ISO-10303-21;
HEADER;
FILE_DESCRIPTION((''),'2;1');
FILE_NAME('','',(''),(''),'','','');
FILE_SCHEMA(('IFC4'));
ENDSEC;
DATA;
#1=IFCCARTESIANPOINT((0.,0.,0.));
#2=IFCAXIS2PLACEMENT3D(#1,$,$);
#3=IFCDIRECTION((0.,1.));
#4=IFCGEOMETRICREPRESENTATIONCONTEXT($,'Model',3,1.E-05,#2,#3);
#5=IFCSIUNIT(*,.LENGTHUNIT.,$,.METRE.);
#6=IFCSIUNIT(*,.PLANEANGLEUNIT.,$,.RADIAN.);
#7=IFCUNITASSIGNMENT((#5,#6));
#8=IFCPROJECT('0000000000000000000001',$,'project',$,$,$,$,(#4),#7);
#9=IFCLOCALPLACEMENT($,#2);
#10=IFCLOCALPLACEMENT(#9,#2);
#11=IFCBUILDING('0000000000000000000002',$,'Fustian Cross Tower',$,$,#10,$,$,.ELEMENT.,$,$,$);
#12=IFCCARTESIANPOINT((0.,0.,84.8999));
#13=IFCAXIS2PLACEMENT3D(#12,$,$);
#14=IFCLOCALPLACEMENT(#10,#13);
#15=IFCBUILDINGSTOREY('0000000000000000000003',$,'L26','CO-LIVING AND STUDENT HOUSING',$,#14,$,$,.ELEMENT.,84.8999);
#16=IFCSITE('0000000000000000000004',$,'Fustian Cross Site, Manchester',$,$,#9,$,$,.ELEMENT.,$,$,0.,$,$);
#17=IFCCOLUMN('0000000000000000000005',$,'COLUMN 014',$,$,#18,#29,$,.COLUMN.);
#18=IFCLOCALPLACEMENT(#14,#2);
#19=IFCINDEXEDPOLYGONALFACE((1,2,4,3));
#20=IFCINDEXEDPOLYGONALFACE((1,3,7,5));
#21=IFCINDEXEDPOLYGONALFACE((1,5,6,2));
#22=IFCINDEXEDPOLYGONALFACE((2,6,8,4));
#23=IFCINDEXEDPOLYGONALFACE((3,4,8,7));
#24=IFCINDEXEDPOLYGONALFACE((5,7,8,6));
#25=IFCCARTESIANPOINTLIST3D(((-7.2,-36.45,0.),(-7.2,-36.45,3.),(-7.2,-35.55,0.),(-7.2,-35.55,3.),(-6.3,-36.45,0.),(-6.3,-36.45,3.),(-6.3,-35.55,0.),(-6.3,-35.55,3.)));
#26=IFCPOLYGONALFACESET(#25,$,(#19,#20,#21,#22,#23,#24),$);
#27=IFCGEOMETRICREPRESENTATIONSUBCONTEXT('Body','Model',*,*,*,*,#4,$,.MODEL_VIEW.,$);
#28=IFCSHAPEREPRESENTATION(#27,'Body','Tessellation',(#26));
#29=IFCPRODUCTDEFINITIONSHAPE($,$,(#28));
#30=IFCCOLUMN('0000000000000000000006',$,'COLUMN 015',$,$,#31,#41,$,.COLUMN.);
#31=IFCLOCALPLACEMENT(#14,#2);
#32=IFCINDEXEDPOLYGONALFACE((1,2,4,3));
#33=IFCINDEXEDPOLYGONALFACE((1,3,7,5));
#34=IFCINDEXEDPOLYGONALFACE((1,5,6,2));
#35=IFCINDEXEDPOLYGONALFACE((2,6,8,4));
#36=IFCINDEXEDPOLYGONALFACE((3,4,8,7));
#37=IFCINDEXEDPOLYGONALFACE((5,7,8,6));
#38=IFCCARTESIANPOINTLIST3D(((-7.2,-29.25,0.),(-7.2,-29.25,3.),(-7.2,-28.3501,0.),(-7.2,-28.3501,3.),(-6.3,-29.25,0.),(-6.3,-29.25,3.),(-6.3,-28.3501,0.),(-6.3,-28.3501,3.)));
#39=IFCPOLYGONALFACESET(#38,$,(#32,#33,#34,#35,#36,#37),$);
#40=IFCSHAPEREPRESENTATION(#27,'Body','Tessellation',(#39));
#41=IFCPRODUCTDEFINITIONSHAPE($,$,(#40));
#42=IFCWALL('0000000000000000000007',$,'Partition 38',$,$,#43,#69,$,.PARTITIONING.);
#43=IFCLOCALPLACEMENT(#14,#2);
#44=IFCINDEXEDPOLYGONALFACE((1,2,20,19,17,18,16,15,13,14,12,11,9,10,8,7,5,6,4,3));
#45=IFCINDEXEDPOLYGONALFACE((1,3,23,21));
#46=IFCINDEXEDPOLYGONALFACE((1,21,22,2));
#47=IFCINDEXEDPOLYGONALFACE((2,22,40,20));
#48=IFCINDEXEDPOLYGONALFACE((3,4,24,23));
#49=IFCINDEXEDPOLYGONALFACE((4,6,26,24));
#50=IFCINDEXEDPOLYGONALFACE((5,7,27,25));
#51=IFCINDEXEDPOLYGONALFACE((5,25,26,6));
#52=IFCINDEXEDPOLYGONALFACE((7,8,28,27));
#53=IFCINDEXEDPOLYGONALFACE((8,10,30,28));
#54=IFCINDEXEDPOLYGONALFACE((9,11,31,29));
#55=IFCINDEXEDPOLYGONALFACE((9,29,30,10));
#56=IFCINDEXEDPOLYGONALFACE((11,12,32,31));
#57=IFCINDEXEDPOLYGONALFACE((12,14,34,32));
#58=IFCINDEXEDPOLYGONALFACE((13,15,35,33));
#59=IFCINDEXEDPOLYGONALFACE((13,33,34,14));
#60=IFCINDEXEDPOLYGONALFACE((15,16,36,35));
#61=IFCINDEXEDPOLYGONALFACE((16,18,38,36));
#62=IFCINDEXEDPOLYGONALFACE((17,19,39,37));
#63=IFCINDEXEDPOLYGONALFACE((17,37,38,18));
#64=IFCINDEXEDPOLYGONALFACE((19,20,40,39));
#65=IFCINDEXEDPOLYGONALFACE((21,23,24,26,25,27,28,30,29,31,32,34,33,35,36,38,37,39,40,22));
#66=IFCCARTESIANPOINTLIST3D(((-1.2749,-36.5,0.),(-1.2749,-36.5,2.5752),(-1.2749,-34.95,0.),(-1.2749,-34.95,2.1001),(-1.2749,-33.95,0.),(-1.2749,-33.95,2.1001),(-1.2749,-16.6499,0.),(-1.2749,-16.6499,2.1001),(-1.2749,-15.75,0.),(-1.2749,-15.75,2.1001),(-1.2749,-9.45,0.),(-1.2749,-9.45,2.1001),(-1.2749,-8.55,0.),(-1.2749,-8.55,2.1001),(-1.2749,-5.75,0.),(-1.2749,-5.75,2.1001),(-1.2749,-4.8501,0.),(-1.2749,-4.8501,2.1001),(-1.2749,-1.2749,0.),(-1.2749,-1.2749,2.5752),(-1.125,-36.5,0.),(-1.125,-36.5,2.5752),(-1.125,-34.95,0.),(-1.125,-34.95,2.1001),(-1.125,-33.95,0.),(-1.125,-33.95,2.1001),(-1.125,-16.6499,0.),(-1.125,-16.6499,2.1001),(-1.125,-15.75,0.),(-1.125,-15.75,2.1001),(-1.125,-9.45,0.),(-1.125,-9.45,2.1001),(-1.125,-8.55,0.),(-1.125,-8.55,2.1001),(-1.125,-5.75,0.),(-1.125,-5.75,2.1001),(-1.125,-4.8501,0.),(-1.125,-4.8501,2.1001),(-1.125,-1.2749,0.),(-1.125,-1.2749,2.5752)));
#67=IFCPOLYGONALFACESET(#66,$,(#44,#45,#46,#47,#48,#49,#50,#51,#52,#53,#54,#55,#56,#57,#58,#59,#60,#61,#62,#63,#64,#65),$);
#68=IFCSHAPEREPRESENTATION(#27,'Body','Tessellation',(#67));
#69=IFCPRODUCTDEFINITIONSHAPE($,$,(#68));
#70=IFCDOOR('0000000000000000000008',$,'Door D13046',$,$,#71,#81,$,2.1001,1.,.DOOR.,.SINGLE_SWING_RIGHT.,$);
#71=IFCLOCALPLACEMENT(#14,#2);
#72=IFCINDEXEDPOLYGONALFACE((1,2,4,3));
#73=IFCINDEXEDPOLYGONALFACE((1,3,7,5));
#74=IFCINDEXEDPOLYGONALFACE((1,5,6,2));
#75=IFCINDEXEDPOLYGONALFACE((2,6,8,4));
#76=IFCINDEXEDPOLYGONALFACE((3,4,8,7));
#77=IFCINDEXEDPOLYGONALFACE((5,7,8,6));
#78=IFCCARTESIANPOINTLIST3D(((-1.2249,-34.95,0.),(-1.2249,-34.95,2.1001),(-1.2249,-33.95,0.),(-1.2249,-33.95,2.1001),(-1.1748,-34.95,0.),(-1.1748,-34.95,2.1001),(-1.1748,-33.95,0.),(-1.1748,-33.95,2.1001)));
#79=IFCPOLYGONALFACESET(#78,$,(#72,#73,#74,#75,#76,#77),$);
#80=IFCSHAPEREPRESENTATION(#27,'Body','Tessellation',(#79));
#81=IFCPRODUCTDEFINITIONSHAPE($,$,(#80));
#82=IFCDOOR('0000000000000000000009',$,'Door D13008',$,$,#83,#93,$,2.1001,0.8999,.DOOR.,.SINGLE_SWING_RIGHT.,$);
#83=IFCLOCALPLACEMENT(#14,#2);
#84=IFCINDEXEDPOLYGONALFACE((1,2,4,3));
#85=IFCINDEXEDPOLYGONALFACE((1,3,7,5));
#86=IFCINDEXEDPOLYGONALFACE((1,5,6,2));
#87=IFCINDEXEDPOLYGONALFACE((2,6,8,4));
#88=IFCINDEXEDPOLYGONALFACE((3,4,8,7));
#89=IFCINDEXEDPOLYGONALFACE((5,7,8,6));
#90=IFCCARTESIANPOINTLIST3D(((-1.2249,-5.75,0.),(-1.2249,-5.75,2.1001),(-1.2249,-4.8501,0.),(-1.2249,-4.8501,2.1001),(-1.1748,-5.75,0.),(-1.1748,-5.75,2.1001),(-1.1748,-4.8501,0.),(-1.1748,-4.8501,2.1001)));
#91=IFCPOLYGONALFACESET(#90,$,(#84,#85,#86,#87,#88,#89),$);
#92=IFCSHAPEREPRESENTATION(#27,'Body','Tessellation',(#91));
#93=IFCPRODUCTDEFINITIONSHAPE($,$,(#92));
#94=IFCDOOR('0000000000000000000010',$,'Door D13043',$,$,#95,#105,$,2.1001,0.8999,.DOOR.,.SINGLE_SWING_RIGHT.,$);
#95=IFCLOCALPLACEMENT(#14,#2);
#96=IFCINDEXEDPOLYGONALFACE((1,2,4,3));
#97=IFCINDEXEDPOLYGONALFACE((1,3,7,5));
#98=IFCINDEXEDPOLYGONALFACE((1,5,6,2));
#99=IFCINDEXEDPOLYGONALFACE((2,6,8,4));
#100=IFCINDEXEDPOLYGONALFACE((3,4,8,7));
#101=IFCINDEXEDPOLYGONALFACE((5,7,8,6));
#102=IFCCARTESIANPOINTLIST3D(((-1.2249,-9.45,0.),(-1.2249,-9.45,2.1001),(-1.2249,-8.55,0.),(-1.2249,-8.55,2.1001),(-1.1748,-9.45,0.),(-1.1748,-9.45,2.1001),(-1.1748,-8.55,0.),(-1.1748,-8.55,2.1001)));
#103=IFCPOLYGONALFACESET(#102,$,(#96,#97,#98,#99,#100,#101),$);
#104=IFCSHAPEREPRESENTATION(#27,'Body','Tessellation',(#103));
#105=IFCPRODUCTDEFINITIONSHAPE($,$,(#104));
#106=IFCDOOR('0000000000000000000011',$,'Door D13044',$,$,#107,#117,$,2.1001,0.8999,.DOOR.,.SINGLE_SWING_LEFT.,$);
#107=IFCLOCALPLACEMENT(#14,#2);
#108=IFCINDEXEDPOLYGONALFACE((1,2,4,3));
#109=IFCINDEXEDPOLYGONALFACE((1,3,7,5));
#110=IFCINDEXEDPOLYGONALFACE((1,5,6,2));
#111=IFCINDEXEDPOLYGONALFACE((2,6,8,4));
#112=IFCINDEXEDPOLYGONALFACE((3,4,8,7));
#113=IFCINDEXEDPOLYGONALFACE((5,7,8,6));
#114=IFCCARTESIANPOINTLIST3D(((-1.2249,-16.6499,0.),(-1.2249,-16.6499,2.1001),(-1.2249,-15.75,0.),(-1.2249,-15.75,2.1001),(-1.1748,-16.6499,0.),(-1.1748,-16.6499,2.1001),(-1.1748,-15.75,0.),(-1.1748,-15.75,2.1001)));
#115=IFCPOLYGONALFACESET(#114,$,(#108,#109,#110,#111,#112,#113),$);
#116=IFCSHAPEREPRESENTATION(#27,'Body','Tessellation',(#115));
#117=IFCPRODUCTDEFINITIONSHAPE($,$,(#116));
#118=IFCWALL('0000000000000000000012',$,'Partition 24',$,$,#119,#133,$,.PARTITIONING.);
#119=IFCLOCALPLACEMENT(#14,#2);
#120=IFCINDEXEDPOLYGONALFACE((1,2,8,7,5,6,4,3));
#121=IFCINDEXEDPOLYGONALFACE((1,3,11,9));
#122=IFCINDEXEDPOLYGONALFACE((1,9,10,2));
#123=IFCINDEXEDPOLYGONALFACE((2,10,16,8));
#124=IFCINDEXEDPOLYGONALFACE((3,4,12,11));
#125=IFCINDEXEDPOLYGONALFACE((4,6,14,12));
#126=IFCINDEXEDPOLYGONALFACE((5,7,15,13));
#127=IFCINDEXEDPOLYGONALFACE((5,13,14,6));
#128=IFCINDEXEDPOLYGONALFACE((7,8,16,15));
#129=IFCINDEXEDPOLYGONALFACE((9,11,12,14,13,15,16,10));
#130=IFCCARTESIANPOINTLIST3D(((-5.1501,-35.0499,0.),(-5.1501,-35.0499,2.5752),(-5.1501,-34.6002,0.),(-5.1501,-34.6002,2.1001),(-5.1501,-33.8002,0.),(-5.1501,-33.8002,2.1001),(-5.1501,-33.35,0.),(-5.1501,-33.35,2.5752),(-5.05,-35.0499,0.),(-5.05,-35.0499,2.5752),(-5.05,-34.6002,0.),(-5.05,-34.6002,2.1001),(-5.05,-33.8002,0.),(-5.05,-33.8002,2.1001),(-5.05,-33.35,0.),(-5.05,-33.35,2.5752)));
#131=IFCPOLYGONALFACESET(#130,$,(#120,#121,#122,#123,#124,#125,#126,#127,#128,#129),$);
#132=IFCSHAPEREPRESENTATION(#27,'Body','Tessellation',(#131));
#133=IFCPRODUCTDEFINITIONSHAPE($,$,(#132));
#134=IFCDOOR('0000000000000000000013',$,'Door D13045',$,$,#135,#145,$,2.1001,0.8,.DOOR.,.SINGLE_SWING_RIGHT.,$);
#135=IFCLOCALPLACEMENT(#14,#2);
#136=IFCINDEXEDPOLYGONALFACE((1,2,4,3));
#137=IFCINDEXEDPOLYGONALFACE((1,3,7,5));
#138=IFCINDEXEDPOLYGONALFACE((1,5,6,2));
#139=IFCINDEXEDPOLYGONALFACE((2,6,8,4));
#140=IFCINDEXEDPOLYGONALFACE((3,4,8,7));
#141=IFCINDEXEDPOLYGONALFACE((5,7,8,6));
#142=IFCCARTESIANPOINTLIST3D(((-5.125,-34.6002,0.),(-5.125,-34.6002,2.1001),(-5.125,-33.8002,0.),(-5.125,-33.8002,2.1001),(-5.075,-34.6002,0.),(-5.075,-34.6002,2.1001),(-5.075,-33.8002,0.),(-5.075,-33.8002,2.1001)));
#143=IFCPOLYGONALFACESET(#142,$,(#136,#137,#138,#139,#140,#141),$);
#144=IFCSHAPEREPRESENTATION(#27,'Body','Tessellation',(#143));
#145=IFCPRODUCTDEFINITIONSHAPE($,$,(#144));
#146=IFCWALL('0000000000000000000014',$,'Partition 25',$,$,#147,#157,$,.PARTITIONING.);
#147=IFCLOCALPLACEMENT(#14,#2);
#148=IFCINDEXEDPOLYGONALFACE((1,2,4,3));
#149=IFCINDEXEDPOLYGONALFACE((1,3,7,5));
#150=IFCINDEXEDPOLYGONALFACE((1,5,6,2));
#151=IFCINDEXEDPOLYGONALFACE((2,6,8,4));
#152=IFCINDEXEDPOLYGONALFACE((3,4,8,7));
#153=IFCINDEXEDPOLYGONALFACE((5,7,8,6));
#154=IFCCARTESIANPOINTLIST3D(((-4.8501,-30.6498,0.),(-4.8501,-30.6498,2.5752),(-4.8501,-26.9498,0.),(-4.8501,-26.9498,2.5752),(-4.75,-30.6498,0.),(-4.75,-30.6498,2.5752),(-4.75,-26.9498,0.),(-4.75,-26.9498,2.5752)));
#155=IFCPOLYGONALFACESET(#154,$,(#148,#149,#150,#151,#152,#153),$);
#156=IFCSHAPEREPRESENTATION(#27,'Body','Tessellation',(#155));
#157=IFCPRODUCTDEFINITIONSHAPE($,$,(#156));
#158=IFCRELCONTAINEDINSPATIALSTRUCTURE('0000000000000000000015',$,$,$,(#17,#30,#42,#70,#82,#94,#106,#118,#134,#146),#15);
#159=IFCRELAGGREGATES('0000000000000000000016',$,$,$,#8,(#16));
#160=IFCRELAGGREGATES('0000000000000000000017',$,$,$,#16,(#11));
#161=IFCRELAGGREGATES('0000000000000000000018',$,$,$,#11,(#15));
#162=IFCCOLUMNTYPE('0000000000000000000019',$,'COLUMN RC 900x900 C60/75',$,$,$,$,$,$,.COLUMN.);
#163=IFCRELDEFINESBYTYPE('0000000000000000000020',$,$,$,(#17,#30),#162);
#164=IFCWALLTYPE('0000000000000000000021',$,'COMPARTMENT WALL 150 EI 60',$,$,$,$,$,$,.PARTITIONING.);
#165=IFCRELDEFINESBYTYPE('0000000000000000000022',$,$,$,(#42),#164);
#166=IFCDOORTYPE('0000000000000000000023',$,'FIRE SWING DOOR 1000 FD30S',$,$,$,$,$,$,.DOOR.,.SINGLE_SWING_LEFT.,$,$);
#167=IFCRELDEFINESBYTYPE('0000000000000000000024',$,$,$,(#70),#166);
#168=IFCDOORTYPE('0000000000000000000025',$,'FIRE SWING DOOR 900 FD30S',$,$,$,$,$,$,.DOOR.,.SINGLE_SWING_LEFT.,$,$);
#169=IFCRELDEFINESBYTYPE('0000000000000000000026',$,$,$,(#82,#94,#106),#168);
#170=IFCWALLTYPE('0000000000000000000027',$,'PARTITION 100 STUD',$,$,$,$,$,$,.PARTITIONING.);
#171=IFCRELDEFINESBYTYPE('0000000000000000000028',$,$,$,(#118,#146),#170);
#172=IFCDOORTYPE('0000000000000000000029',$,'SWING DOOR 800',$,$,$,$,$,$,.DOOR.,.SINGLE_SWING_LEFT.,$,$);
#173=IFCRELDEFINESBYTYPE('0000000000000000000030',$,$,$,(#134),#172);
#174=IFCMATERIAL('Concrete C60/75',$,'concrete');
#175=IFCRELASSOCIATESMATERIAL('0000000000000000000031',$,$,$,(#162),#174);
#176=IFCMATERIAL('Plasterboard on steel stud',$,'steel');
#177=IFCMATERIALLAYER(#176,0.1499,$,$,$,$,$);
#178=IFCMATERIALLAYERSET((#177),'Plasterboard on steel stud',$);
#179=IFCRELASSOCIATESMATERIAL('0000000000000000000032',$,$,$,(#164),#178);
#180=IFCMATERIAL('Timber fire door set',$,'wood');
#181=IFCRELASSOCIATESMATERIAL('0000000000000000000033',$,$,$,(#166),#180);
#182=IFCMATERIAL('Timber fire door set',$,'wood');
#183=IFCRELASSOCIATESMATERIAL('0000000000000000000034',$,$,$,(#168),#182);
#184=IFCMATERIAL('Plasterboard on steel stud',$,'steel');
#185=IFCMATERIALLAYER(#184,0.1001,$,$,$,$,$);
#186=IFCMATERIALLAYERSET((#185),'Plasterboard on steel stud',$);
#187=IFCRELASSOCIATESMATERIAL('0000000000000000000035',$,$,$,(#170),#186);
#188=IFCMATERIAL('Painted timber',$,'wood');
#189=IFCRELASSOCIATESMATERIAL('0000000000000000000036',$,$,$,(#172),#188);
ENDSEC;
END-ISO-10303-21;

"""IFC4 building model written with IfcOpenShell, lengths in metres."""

from ifc_helpers import new_model, si_unit, direction, frame, frame_2d, origin, origin_2d, place, context, subcontext, project, spatial, rectangle, extrude, material, layer, layer_set, material_profile, profile_set, type_object, element, fill, save


model = new_model("IFC4")

# Units and contexts
model_context = context("Model", 3, precision=1e-05, world=origin(), true_north=direction((0.0, 1.0)))
body_context = subcontext(model_context, "Body", "Model", "MODEL_VIEW")
ifc_project = project(units=[si_unit("LENGTHUNIT", "METRE"), si_unit("PLANEANGLEUNIT", "RADIAN")], contexts=[model_context])

# Site, building, storey
site_placement = place(None, origin())
site = spatial("IfcSite", under=ifc_project, at=site_placement, Name="Fustian Cross Site, Manchester", CompositionType="ELEMENT", RefElevation=0.0)
building_placement = place(site_placement, origin())
building = spatial("IfcBuilding", under=site, at=building_placement, Name="Fustian Cross Tower", CompositionType="ELEMENT")
storey_placement = place(building_placement, frame((0.0, 0.0, 84.8999)))
storey = spatial("IfcBuildingStorey", under=building, at=storey_placement, Name="L26", Description="CO-LIVING AND STUDENT HOUSING", CompositionType="ELEMENT", Elevation=84.8999)

# Columns
ifc_material_1 = material(Name="Concrete C60/75", Category="concrete")
ifc_material_profile = material_profile(ifc_material_1, rectangle(XDim=0.8999, YDim=0.8999, at=origin_2d()), Name="RC 900x900")
ifc_profile_set = profile_set([ifc_material_profile], Name="Concrete C60/75")
column_type = type_object("IfcColumnType", Name="COLUMN RC 900x900 C60/75", PredefinedType="COLUMN", material=ifc_profile_set)
for number, where, z_axis, x_axis, name in (
    (1, (-6.75, -36.0, 0.0), (0.0, 0.0, 1.0), (1.0, 0.0, 0.0), "COLUMN 014"),
    (2, (-6.75, -28.8, 0.0), (0.0, 0.0, 1.0), (1.0, 0.0, 0.0), "COLUMN 015"),
):
    element("IfcColumn", number, at=place(storey_placement, frame(where, z_axis=z_axis, x_axis=x_axis)), inside=storey, type_object=column_type, Name=name, PredefinedType="COLUMN", context=body_context, shape_type="SweptSolid", body=[
        extrude(rectangle(XDim=0.8999, YDim=0.8999, at=origin_2d()), origin(), (0.0, 0.0, 1.0), 3.0),
    ])

# Wall, openings, doors
ifc_material_2 = material(Name="Plasterboard on steel stud", Category="steel")
ifc_layer_1 = layer(ifc_material_2, 0.1499)
ifc_layer_set_1 = layer_set([ifc_layer_1], Name="Plasterboard on steel stud")
wall_type_1 = type_object("IfcWallType", Name="COMPARTMENT WALL 150 EI 60", PredefinedType="PARTITIONING", material=ifc_layer_set_1)
wall_1_placement = place(storey_placement, frame((-1.2, -36.5, 0.0), z_axis=(0.0, 0.0, 1.0), x_axis=(0.0, 1.0, 0.0)))
wall_1 = element("IfcWall", 3, at=wall_1_placement, inside=storey, type_object=wall_type_1, Name="Partition 38", PredefinedType="PARTITIONING", context=body_context, shape_type="SweptSolid", body=[
    extrude(rectangle(XDim=35.2251, YDim=0.1499, at=frame_2d((17.6125, 0.0))), origin(), (0.0, 0.0, 1.0), 2.5752),
])
opening_1_placement = place(wall_1_placement, frame((30.75, 0.0, 0.0)))
opening_1 = element("IfcOpeningElement", 4, at=opening_1_placement, cuts=wall_1, PredefinedType="OPENING", context=body_context, shape_type="SweptSolid", body=[
    extrude(rectangle(XDim=0.8999, YDim=2.1001, at=frame_2d((0.45, 1.05))), frame((0.0, 0.085, 0.0), z_axis=(0.0, -1.0, 0.0), x_axis=(1.0, 0.0, 0.0)), (0.0, 0.0, 1.0), 0.1699),
])
opening_2_placement = place(wall_1_placement, frame((27.05, 0.0, 0.0)))
opening_2 = element("IfcOpeningElement", 5, at=opening_2_placement, cuts=wall_1, PredefinedType="OPENING", context=body_context, shape_type="SweptSolid", body=[
    extrude(rectangle(XDim=0.8999, YDim=2.1001, at=frame_2d((0.45, 1.05))), frame((0.0, 0.085, 0.0), z_axis=(0.0, -1.0, 0.0), x_axis=(1.0, 0.0, 0.0)), (0.0, 0.0, 1.0), 0.1699),
])
opening_3_placement = place(wall_1_placement, frame((19.8501, 0.0, 0.0)))
opening_3 = element("IfcOpeningElement", 6, at=opening_3_placement, cuts=wall_1, PredefinedType="OPENING", context=body_context, shape_type="SweptSolid", body=[
    extrude(rectangle(XDim=0.8999, YDim=2.1001, at=frame_2d((0.45, 1.05))), frame((0.0, 0.085, 0.0), z_axis=(0.0, -1.0, 0.0), x_axis=(1.0, 0.0, 0.0)), (0.0, 0.0, 1.0), 0.1699),
])
opening_4_placement = place(wall_1_placement, frame((1.55, 0.0, 0.0)))
opening_4 = element("IfcOpeningElement", 7, at=opening_4_placement, cuts=wall_1, PredefinedType="OPENING", context=body_context, shape_type="SweptSolid", body=[
    extrude(rectangle(XDim=1.0, YDim=2.1001, at=frame_2d((0.5, 1.05))), frame((0.0, 0.085, 0.0), z_axis=(0.0, -1.0, 0.0), x_axis=(1.0, 0.0, 0.0)), (0.0, 0.0, 1.0), 0.1699),
])
ifc_material_3 = material(Name="Timber fire door set", Category="wood")
door_type_1 = type_object("IfcDoorType", Name="FIRE SWING DOOR 1000 FD30S", OperationType="SINGLE_SWING_LEFT", PredefinedType="DOOR", material=ifc_material_3)
door_1_placement = place(opening_4_placement, origin())
door_1 = element("IfcDoor", 8, at=door_1_placement, inside=storey, type_object=door_type_1, Name="Door D13046", OperationType="SINGLE_SWING_RIGHT", OverallHeight=2.1001, OverallWidth=1.0, PredefinedType="DOOR", context=body_context, shape_type="SweptSolid", body=[
    extrude(rectangle(XDim=1.0, YDim=2.1001, at=frame_2d((0.5, 1.05))), frame((0.0, 0.0249, 0.0), z_axis=(0.0, -1.0, 0.0), x_axis=(1.0, 0.0, 0.0)), (0.0, 0.0, 1.0), 0.05),
])
fill(opening_4, door_1)
ifc_material_4 = material(Name="Timber fire door set", Category="wood")
door_type_2 = type_object("IfcDoorType", Name="FIRE SWING DOOR 900 FD30S", OperationType="SINGLE_SWING_LEFT", PredefinedType="DOOR", material=ifc_material_4)
door_2_placement = place(opening_1_placement, origin())
door_2 = element("IfcDoor", 9, at=door_2_placement, inside=storey, type_object=door_type_2, Name="Door D13008", OperationType="SINGLE_SWING_RIGHT", OverallHeight=2.1001, OverallWidth=0.8999, PredefinedType="DOOR", context=body_context, shape_type="SweptSolid", body=[
    extrude(rectangle(XDim=0.8999, YDim=2.1001, at=frame_2d((0.45, 1.05))), frame((0.0, 0.0249, 0.0), z_axis=(0.0, -1.0, 0.0), x_axis=(1.0, 0.0, 0.0)), (0.0, 0.0, 1.0), 0.05),
])
fill(opening_1, door_2)
door_3_placement = place(opening_2_placement, origin())
door_3 = element("IfcDoor", 10, at=door_3_placement, inside=storey, type_object=door_type_2, Name="Door D13043", OperationType="SINGLE_SWING_RIGHT", OverallHeight=2.1001, OverallWidth=0.8999, PredefinedType="DOOR", context=body_context, shape_type="SweptSolid", body=[
    extrude(rectangle(XDim=0.8999, YDim=2.1001, at=frame_2d((0.45, 1.05))), frame((0.0, 0.0249, 0.0), z_axis=(0.0, -1.0, 0.0), x_axis=(1.0, 0.0, 0.0)), (0.0, 0.0, 1.0), 0.05),
])
fill(opening_2, door_3)
door_4_placement = place(opening_3_placement, origin())
door_4 = element("IfcDoor", 11, at=door_4_placement, inside=storey, type_object=door_type_2, Name="Door D13044", OperationType="SINGLE_SWING_LEFT", OverallHeight=2.1001, OverallWidth=0.8999, PredefinedType="DOOR", context=body_context, shape_type="SweptSolid", body=[
    extrude(rectangle(XDim=0.8999, YDim=2.1001, at=frame_2d((0.45, 1.05))), frame((0.0, 0.0249, 0.0), z_axis=(0.0, -1.0, 0.0), x_axis=(1.0, 0.0, 0.0)), (0.0, 0.0, 1.0), 0.05),
])
fill(opening_3, door_4)

# Wall, opening, door
ifc_material_5 = material(Name="Plasterboard on steel stud", Category="steel")
ifc_layer_2 = layer(ifc_material_5, 0.1001)
ifc_layer_set_2 = layer_set([ifc_layer_2], Name="Plasterboard on steel stud")
wall_type_2 = type_object("IfcWallType", Name="PARTITION 100 STUD", PredefinedType="PARTITIONING", material=ifc_layer_set_2)
wall_2_placement = place(storey_placement, frame((-5.1001, -35.05, 0.0), z_axis=(0.0, 0.0, 1.0), x_axis=(0.0, 1.0, 0.0)))
wall_2 = element("IfcWall", 12, at=wall_2_placement, inside=storey, type_object=wall_type_2, Name="Partition 24", PredefinedType="PARTITIONING", context=body_context, shape_type="SweptSolid", body=[
    extrude(rectangle(XDim=1.7, YDim=0.1001, at=frame_2d((0.8501, 0.0))), origin(), (0.0, 0.0, 1.0), 2.5752),
])
opening_5_placement = place(wall_2_placement, frame((0.45, 0.0, 0.0)))
opening_5 = element("IfcOpeningElement", 13, at=opening_5_placement, cuts=wall_2, PredefinedType="OPENING", context=body_context, shape_type="SweptSolid", body=[
    extrude(rectangle(XDim=0.8, YDim=2.1001, at=frame_2d((0.3999, 1.05))), frame((0.0, 0.0601, 0.0), z_axis=(0.0, -1.0, 0.0), x_axis=(1.0, 0.0, 0.0)), (0.0, 0.0, 1.0), 0.1201),
])
ifc_material_6 = material(Name="Painted timber", Category="wood")
door_type_3 = type_object("IfcDoorType", Name="SWING DOOR 800", OperationType="SINGLE_SWING_LEFT", PredefinedType="DOOR", material=ifc_material_6)
door_5_placement = place(opening_5_placement, origin())
door_5 = element("IfcDoor", 14, at=door_5_placement, inside=storey, type_object=door_type_3, Name="Door D13045", OperationType="SINGLE_SWING_RIGHT", OverallHeight=2.1001, OverallWidth=0.8, PredefinedType="DOOR", context=body_context, shape_type="SweptSolid", body=[
    extrude(rectangle(XDim=0.8, YDim=2.1001, at=frame_2d((0.3999, 1.05))), frame((0.0, 0.0249, 0.0), z_axis=(0.0, -1.0, 0.0), x_axis=(1.0, 0.0, 0.0)), (0.0, 0.0, 1.0), 0.05),
])
fill(opening_5, door_5)

# Wall
wall_3_placement = place(storey_placement, frame((-4.8, -30.6499, 0.0), z_axis=(0.0, 0.0, 1.0), x_axis=(0.0, 1.0, 0.0)))
element("IfcWall", 15, at=wall_3_placement, inside=storey, type_object=wall_type_2, Name="Partition 25", PredefinedType="PARTITIONING", context=body_context, shape_type="SweptSolid", body=[
    extrude(rectangle(XDim=3.7, YDim=0.1001, at=frame_2d((1.8501, 0.0))), origin(), (0.0, 0.0, 1.0), 2.5752),
])

save(model, "model.ifc")
